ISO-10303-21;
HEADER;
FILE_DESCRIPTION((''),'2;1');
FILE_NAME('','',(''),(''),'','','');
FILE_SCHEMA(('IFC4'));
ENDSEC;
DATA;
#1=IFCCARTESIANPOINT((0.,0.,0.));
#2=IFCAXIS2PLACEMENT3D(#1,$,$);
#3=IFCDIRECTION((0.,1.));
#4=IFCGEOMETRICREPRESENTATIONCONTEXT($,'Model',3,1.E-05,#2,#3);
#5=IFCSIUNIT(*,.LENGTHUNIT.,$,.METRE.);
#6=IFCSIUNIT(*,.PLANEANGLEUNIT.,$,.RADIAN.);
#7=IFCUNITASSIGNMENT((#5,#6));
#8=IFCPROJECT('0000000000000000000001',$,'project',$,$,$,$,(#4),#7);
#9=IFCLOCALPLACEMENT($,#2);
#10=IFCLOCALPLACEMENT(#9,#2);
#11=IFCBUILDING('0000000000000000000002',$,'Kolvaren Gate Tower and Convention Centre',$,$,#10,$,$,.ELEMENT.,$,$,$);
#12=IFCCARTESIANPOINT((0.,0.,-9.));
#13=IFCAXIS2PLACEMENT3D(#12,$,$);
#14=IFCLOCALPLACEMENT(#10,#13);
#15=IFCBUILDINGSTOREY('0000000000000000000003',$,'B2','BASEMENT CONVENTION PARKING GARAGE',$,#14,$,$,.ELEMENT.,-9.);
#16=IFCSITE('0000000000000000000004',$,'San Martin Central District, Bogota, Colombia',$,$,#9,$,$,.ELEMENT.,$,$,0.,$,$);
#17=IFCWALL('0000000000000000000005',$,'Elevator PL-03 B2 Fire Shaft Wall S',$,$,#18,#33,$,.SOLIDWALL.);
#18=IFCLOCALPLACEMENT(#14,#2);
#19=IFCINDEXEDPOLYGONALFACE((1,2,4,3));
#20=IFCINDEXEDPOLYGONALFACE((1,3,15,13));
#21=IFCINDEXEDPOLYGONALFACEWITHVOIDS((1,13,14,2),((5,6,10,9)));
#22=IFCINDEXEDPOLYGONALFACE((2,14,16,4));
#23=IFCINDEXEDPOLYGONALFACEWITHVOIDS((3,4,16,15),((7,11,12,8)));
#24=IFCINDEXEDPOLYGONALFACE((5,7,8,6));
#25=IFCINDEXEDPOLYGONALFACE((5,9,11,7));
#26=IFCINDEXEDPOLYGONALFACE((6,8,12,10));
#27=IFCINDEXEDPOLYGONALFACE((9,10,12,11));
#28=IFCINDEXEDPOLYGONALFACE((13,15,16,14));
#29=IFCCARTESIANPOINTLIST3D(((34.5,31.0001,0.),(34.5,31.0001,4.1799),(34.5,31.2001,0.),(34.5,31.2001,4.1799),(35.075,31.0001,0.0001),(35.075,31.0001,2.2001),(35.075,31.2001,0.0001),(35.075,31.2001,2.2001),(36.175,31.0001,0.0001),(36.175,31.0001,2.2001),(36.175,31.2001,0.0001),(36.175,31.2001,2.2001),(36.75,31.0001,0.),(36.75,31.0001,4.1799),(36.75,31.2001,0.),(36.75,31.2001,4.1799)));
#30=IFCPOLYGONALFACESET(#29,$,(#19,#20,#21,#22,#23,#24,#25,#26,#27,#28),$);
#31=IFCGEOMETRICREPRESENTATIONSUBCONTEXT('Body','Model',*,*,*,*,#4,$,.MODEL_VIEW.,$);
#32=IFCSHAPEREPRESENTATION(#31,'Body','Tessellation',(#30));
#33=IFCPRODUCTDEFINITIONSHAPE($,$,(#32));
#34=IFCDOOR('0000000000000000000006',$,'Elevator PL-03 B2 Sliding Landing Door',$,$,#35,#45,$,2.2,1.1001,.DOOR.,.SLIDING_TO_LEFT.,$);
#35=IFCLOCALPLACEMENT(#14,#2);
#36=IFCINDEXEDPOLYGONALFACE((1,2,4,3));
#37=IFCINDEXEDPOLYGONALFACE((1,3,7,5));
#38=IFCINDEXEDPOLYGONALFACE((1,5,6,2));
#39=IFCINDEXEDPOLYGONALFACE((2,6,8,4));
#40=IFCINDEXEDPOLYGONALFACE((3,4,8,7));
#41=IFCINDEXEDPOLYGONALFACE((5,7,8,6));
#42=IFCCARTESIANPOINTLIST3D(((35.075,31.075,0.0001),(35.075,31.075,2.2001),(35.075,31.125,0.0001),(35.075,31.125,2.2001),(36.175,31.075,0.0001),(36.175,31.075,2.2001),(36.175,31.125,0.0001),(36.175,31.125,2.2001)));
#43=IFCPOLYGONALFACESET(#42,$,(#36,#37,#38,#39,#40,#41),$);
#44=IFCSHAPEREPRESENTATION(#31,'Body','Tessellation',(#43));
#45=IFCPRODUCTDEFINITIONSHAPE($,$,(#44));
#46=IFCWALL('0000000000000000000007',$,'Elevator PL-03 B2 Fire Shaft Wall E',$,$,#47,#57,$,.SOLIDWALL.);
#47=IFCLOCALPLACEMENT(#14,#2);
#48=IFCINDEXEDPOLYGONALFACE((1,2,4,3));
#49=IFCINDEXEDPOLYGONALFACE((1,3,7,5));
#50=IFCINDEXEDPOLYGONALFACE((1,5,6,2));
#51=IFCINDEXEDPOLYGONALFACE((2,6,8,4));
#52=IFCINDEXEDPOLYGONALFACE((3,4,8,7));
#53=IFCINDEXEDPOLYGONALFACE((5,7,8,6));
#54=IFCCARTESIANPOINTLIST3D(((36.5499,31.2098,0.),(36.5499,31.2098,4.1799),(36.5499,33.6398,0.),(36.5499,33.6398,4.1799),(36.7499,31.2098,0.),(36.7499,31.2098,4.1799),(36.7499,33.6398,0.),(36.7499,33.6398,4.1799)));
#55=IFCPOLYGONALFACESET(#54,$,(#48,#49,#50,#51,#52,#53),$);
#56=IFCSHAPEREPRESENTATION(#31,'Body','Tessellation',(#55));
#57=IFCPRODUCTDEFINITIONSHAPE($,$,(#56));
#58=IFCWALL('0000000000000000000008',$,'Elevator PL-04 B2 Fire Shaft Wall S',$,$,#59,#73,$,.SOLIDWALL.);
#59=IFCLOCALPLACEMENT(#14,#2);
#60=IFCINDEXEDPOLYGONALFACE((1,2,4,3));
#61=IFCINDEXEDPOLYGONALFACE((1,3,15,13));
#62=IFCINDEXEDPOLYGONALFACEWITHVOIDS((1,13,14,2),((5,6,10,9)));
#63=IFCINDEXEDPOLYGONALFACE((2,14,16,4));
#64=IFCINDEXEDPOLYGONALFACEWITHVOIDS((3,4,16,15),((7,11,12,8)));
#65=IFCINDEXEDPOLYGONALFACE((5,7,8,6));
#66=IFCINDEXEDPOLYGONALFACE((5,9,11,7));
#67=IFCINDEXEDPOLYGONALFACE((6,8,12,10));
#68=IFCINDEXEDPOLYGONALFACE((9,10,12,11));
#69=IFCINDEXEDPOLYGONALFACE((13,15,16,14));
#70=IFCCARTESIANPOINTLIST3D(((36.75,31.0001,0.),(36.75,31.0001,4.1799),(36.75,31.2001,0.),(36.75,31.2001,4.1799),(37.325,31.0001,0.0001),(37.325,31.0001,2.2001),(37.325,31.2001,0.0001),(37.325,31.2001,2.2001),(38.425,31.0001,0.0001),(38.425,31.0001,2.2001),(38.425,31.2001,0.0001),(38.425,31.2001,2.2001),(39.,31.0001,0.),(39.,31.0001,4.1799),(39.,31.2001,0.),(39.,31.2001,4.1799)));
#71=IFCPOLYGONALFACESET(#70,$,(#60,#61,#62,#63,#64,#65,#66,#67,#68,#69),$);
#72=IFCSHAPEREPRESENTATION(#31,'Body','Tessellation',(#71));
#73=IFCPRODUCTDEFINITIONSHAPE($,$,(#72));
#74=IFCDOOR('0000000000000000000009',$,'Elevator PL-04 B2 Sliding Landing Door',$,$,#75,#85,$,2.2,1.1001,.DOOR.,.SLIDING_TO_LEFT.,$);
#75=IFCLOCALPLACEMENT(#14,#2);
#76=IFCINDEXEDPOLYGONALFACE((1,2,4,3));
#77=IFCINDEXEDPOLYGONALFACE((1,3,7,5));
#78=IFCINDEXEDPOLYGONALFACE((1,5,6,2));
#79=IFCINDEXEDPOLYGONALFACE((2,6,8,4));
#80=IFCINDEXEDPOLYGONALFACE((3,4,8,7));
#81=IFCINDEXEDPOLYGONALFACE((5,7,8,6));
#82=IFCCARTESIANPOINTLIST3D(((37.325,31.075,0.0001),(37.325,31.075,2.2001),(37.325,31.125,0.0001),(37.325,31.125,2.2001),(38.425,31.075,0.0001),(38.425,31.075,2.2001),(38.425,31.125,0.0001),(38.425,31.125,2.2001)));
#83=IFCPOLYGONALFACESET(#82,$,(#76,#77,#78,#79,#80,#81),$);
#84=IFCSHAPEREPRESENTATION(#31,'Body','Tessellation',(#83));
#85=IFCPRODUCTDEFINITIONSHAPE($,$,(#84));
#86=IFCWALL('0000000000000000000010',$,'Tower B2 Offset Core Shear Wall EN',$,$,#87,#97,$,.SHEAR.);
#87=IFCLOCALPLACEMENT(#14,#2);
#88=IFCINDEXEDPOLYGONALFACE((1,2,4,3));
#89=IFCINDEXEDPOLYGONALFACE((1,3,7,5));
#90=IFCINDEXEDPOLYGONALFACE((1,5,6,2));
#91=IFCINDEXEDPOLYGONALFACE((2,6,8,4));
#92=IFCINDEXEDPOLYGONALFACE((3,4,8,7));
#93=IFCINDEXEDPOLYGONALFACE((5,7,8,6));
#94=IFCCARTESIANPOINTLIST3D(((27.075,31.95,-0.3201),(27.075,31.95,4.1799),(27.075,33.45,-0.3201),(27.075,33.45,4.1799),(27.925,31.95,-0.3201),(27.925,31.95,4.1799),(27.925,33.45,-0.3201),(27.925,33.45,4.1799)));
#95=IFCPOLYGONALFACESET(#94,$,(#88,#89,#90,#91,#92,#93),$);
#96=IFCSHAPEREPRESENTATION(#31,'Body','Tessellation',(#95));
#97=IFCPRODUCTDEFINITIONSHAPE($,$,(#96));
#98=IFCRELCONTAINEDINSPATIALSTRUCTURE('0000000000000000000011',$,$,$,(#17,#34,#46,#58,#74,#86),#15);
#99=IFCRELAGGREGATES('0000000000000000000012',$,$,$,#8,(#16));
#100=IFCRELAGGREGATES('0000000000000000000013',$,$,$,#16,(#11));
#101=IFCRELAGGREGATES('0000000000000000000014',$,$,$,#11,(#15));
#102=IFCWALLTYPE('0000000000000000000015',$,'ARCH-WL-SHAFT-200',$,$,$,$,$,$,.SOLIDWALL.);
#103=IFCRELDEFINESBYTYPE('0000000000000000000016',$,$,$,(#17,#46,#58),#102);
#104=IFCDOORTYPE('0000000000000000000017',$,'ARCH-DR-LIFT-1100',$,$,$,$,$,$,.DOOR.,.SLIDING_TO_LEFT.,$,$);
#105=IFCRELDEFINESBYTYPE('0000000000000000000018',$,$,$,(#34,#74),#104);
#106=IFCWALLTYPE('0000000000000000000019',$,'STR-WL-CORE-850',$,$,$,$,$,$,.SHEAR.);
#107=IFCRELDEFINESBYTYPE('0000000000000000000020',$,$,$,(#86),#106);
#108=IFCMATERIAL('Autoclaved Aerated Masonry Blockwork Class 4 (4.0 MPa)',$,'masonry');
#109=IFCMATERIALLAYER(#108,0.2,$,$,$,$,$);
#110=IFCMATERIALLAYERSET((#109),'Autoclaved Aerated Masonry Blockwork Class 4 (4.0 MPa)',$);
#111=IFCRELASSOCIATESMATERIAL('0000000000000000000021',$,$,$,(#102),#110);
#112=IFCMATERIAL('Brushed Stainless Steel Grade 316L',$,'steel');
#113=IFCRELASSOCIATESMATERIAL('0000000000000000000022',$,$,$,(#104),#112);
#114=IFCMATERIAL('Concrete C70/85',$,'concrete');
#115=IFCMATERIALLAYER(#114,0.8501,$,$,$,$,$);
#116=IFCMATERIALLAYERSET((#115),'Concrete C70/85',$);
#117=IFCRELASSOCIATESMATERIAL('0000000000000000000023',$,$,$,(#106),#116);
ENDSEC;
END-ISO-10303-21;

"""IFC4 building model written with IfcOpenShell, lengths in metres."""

from ifc_helpers import new_model, si_unit, direction, frame, frame_2d, origin, place, context, subcontext, project, spatial, rectangle, extrude, material, layer, layer_set, type_object, element, fill, save


model = new_model("IFC4")

# Units and contexts
model_context = context("Model", 3, precision=1e-05, world=origin(), true_north=direction((0.0, 1.0)))
body_context = subcontext(model_context, "Body", "Model", "MODEL_VIEW")
ifc_project = project(units=[si_unit("LENGTHUNIT", "METRE"), si_unit("PLANEANGLEUNIT", "RADIAN")], contexts=[model_context])

# Site, building, storey
site_placement = place(None, origin())
site = spatial("IfcSite", under=ifc_project, at=site_placement, Name="San Martin Central District, Bogota, Colombia", CompositionType="ELEMENT", RefElevation=0.0)
building_placement = place(site_placement, origin())
building = spatial("IfcBuilding", under=site, at=building_placement, Name="Kolvaren Gate Tower and Convention Centre", CompositionType="ELEMENT")
storey_placement = place(building_placement, frame((0.0, 0.0, -9.0)))
storey = spatial("IfcBuildingStorey", under=building, at=storey_placement, Name="B2", Description="BASEMENT CONVENTION PARKING GARAGE", CompositionType="ELEMENT", Elevation=-9.0)

# Shared definitions
ifc_material_1 = material(Name="Autoclaved Aerated Masonry Blockwork Class 4 (4.0 MPa)", Category="masonry")
ifc_layer_1 = layer(ifc_material_1, 0.2)
ifc_layer_set_1 = layer_set([ifc_layer_1], Name="Autoclaved Aerated Masonry Blockwork Class 4 (4.0 MPa)")
wall_type_1 = type_object("IfcWallType", Name="ARCH-WL-SHAFT-200", PredefinedType="SOLIDWALL", material=ifc_layer_set_1)

# Shared definitions
ifc_material_2 = material(Name="Brushed Stainless Steel Grade 316L", Category="steel")
door_type = type_object("IfcDoorType", Name="ARCH-DR-LIFT-1100", OperationType="SLIDING_TO_LEFT", PredefinedType="DOOR", material=ifc_material_2)

# Wall, opening, door
wall_1_placement = place(storey_placement, frame((34.5, 31.1001, 0.0), z_axis=(0.0, 0.0, 1.0), x_axis=(1.0, 0.0, 0.0)))
wall_1 = element("IfcWall", 1, at=wall_1_placement, inside=storey, type_object=wall_type_1, Name="Elevator PL-03 B2 Fire Shaft Wall S", PredefinedType="SOLIDWALL", context=body_context, shape_type="SweptSolid", body=[
    extrude(rectangle(XDim=2.25, YDim=0.2, at=frame_2d((1.125, 0.0))), origin(), (0.0, 0.0, 1.0), 4.1799),
])
opening_1_placement = place(wall_1_placement, frame((0.575, 0.0, 0.0)))
opening_1 = element("IfcOpeningElement", 2, at=opening_1_placement, cuts=wall_1, PredefinedType="OPENING", context=body_context, shape_type="SweptSolid", body=[
    extrude(rectangle(XDim=1.1001, YDim=2.2, at=frame_2d((0.55, 1.1001))), frame((0.0, 0.1099, 0.0), z_axis=(0.0, -1.0, 0.0), x_axis=(1.0, 0.0, 0.0)), (0.0, 0.0, 1.0), 0.22),
])
door_1_placement = place(opening_1_placement, origin())
door_1 = element("IfcDoor", 3, at=door_1_placement, inside=storey, type_object=door_type, Name="Elevator PL-03 B2 Sliding Landing Door", OperationType="SLIDING_TO_LEFT", OverallHeight=2.2, OverallWidth=1.1001, PredefinedType="DOOR", context=body_context, shape_type="SweptSolid", body=[
    extrude(rectangle(XDim=1.1001, YDim=2.2, at=frame_2d((0.55, 1.1001))), frame((0.0, 0.0249, 0.0), z_axis=(0.0, -1.0, 0.0), x_axis=(1.0, 0.0, 0.0)), (0.0, 0.0, 1.0), 0.05),
])
fill(opening_1, door_1)

# Wall
wall_2_placement = place(storey_placement, frame((36.6499, 31.21, 0.0), z_axis=(0.0, 0.0, 1.0), x_axis=(0.0, 1.0, 0.0)))
element("IfcWall", 4, at=wall_2_placement, inside=storey, type_object=wall_type_1, Name="Elevator PL-03 B2 Fire Shaft Wall E", PredefinedType="SOLIDWALL", context=body_context, shape_type="SweptSolid", body=[
    extrude(rectangle(XDim=2.4299, YDim=0.2, at=frame_2d((1.2148, 0.0))), origin(), (0.0, 0.0, 1.0), 4.1799),
])

# Wall, opening, door
wall_3_placement = place(storey_placement, frame((36.75, 31.1001, 0.0), z_axis=(0.0, 0.0, 1.0), x_axis=(1.0, 0.0, 0.0)))
wall_3 = element("IfcWall", 5, at=wall_3_placement, inside=storey, type_object=wall_type_1, Name="Elevator PL-04 B2 Fire Shaft Wall S", PredefinedType="SOLIDWALL", context=body_context, shape_type="SweptSolid", body=[
    extrude(rectangle(XDim=2.25, YDim=0.2, at=frame_2d((1.125, 0.0))), origin(), (0.0, 0.0, 1.0), 4.1799),
])
opening_2_placement = place(wall_3_placement, frame((0.575, 0.0, 0.0)))
opening_2 = element("IfcOpeningElement", 6, at=opening_2_placement, cuts=wall_3, PredefinedType="OPENING", context=body_context, shape_type="SweptSolid", body=[
    extrude(rectangle(XDim=1.1001, YDim=2.2, at=frame_2d((0.55, 1.1001))), frame((0.0, 0.1099, 0.0), z_axis=(0.0, -1.0, 0.0), x_axis=(1.0, 0.0, 0.0)), (0.0, 0.0, 1.0), 0.22),
])
door_2_placement = place(opening_2_placement, origin())
door_2 = element("IfcDoor", 7, at=door_2_placement, inside=storey, type_object=door_type, Name="Elevator PL-04 B2 Sliding Landing Door", OperationType="SLIDING_TO_LEFT", OverallHeight=2.2, OverallWidth=1.1001, PredefinedType="DOOR", context=body_context, shape_type="SweptSolid", body=[
    extrude(rectangle(XDim=1.1001, YDim=2.2, at=frame_2d((0.55, 1.1001))), frame((0.0, 0.0249, 0.0), z_axis=(0.0, -1.0, 0.0), x_axis=(1.0, 0.0, 0.0)), (0.0, 0.0, 1.0), 0.05),
])
fill(opening_2, door_2)

# Wall
ifc_material_3 = material(Name="Concrete C70/85", Category="concrete")
ifc_layer_2 = layer(ifc_material_3, 0.8501)
ifc_layer_set_2 = layer_set([ifc_layer_2], Name="Concrete C70/85")
wall_type_2 = type_object("IfcWallType", Name="STR-WL-CORE-850", PredefinedType="SHEAR", material=ifc_layer_set_2)
wall_4_placement = place(storey_placement, frame((27.5, 31.95, -0.3201), z_axis=(0.0, 0.0, 1.0), x_axis=(0.0, 1.0, 0.0)))
element("IfcWall", 8, at=wall_4_placement, inside=storey, type_object=wall_type_2, Name="Tower B2 Offset Core Shear Wall EN", PredefinedType="SHEAR", context=body_context, shape_type="SweptSolid", body=[
    extrude(rectangle(XDim=1.5, YDim=0.8501, at=frame_2d((0.75, 0.0))), origin(), (0.0, 0.0, 1.0), 4.5),
])

save(model, "model.ifc")
